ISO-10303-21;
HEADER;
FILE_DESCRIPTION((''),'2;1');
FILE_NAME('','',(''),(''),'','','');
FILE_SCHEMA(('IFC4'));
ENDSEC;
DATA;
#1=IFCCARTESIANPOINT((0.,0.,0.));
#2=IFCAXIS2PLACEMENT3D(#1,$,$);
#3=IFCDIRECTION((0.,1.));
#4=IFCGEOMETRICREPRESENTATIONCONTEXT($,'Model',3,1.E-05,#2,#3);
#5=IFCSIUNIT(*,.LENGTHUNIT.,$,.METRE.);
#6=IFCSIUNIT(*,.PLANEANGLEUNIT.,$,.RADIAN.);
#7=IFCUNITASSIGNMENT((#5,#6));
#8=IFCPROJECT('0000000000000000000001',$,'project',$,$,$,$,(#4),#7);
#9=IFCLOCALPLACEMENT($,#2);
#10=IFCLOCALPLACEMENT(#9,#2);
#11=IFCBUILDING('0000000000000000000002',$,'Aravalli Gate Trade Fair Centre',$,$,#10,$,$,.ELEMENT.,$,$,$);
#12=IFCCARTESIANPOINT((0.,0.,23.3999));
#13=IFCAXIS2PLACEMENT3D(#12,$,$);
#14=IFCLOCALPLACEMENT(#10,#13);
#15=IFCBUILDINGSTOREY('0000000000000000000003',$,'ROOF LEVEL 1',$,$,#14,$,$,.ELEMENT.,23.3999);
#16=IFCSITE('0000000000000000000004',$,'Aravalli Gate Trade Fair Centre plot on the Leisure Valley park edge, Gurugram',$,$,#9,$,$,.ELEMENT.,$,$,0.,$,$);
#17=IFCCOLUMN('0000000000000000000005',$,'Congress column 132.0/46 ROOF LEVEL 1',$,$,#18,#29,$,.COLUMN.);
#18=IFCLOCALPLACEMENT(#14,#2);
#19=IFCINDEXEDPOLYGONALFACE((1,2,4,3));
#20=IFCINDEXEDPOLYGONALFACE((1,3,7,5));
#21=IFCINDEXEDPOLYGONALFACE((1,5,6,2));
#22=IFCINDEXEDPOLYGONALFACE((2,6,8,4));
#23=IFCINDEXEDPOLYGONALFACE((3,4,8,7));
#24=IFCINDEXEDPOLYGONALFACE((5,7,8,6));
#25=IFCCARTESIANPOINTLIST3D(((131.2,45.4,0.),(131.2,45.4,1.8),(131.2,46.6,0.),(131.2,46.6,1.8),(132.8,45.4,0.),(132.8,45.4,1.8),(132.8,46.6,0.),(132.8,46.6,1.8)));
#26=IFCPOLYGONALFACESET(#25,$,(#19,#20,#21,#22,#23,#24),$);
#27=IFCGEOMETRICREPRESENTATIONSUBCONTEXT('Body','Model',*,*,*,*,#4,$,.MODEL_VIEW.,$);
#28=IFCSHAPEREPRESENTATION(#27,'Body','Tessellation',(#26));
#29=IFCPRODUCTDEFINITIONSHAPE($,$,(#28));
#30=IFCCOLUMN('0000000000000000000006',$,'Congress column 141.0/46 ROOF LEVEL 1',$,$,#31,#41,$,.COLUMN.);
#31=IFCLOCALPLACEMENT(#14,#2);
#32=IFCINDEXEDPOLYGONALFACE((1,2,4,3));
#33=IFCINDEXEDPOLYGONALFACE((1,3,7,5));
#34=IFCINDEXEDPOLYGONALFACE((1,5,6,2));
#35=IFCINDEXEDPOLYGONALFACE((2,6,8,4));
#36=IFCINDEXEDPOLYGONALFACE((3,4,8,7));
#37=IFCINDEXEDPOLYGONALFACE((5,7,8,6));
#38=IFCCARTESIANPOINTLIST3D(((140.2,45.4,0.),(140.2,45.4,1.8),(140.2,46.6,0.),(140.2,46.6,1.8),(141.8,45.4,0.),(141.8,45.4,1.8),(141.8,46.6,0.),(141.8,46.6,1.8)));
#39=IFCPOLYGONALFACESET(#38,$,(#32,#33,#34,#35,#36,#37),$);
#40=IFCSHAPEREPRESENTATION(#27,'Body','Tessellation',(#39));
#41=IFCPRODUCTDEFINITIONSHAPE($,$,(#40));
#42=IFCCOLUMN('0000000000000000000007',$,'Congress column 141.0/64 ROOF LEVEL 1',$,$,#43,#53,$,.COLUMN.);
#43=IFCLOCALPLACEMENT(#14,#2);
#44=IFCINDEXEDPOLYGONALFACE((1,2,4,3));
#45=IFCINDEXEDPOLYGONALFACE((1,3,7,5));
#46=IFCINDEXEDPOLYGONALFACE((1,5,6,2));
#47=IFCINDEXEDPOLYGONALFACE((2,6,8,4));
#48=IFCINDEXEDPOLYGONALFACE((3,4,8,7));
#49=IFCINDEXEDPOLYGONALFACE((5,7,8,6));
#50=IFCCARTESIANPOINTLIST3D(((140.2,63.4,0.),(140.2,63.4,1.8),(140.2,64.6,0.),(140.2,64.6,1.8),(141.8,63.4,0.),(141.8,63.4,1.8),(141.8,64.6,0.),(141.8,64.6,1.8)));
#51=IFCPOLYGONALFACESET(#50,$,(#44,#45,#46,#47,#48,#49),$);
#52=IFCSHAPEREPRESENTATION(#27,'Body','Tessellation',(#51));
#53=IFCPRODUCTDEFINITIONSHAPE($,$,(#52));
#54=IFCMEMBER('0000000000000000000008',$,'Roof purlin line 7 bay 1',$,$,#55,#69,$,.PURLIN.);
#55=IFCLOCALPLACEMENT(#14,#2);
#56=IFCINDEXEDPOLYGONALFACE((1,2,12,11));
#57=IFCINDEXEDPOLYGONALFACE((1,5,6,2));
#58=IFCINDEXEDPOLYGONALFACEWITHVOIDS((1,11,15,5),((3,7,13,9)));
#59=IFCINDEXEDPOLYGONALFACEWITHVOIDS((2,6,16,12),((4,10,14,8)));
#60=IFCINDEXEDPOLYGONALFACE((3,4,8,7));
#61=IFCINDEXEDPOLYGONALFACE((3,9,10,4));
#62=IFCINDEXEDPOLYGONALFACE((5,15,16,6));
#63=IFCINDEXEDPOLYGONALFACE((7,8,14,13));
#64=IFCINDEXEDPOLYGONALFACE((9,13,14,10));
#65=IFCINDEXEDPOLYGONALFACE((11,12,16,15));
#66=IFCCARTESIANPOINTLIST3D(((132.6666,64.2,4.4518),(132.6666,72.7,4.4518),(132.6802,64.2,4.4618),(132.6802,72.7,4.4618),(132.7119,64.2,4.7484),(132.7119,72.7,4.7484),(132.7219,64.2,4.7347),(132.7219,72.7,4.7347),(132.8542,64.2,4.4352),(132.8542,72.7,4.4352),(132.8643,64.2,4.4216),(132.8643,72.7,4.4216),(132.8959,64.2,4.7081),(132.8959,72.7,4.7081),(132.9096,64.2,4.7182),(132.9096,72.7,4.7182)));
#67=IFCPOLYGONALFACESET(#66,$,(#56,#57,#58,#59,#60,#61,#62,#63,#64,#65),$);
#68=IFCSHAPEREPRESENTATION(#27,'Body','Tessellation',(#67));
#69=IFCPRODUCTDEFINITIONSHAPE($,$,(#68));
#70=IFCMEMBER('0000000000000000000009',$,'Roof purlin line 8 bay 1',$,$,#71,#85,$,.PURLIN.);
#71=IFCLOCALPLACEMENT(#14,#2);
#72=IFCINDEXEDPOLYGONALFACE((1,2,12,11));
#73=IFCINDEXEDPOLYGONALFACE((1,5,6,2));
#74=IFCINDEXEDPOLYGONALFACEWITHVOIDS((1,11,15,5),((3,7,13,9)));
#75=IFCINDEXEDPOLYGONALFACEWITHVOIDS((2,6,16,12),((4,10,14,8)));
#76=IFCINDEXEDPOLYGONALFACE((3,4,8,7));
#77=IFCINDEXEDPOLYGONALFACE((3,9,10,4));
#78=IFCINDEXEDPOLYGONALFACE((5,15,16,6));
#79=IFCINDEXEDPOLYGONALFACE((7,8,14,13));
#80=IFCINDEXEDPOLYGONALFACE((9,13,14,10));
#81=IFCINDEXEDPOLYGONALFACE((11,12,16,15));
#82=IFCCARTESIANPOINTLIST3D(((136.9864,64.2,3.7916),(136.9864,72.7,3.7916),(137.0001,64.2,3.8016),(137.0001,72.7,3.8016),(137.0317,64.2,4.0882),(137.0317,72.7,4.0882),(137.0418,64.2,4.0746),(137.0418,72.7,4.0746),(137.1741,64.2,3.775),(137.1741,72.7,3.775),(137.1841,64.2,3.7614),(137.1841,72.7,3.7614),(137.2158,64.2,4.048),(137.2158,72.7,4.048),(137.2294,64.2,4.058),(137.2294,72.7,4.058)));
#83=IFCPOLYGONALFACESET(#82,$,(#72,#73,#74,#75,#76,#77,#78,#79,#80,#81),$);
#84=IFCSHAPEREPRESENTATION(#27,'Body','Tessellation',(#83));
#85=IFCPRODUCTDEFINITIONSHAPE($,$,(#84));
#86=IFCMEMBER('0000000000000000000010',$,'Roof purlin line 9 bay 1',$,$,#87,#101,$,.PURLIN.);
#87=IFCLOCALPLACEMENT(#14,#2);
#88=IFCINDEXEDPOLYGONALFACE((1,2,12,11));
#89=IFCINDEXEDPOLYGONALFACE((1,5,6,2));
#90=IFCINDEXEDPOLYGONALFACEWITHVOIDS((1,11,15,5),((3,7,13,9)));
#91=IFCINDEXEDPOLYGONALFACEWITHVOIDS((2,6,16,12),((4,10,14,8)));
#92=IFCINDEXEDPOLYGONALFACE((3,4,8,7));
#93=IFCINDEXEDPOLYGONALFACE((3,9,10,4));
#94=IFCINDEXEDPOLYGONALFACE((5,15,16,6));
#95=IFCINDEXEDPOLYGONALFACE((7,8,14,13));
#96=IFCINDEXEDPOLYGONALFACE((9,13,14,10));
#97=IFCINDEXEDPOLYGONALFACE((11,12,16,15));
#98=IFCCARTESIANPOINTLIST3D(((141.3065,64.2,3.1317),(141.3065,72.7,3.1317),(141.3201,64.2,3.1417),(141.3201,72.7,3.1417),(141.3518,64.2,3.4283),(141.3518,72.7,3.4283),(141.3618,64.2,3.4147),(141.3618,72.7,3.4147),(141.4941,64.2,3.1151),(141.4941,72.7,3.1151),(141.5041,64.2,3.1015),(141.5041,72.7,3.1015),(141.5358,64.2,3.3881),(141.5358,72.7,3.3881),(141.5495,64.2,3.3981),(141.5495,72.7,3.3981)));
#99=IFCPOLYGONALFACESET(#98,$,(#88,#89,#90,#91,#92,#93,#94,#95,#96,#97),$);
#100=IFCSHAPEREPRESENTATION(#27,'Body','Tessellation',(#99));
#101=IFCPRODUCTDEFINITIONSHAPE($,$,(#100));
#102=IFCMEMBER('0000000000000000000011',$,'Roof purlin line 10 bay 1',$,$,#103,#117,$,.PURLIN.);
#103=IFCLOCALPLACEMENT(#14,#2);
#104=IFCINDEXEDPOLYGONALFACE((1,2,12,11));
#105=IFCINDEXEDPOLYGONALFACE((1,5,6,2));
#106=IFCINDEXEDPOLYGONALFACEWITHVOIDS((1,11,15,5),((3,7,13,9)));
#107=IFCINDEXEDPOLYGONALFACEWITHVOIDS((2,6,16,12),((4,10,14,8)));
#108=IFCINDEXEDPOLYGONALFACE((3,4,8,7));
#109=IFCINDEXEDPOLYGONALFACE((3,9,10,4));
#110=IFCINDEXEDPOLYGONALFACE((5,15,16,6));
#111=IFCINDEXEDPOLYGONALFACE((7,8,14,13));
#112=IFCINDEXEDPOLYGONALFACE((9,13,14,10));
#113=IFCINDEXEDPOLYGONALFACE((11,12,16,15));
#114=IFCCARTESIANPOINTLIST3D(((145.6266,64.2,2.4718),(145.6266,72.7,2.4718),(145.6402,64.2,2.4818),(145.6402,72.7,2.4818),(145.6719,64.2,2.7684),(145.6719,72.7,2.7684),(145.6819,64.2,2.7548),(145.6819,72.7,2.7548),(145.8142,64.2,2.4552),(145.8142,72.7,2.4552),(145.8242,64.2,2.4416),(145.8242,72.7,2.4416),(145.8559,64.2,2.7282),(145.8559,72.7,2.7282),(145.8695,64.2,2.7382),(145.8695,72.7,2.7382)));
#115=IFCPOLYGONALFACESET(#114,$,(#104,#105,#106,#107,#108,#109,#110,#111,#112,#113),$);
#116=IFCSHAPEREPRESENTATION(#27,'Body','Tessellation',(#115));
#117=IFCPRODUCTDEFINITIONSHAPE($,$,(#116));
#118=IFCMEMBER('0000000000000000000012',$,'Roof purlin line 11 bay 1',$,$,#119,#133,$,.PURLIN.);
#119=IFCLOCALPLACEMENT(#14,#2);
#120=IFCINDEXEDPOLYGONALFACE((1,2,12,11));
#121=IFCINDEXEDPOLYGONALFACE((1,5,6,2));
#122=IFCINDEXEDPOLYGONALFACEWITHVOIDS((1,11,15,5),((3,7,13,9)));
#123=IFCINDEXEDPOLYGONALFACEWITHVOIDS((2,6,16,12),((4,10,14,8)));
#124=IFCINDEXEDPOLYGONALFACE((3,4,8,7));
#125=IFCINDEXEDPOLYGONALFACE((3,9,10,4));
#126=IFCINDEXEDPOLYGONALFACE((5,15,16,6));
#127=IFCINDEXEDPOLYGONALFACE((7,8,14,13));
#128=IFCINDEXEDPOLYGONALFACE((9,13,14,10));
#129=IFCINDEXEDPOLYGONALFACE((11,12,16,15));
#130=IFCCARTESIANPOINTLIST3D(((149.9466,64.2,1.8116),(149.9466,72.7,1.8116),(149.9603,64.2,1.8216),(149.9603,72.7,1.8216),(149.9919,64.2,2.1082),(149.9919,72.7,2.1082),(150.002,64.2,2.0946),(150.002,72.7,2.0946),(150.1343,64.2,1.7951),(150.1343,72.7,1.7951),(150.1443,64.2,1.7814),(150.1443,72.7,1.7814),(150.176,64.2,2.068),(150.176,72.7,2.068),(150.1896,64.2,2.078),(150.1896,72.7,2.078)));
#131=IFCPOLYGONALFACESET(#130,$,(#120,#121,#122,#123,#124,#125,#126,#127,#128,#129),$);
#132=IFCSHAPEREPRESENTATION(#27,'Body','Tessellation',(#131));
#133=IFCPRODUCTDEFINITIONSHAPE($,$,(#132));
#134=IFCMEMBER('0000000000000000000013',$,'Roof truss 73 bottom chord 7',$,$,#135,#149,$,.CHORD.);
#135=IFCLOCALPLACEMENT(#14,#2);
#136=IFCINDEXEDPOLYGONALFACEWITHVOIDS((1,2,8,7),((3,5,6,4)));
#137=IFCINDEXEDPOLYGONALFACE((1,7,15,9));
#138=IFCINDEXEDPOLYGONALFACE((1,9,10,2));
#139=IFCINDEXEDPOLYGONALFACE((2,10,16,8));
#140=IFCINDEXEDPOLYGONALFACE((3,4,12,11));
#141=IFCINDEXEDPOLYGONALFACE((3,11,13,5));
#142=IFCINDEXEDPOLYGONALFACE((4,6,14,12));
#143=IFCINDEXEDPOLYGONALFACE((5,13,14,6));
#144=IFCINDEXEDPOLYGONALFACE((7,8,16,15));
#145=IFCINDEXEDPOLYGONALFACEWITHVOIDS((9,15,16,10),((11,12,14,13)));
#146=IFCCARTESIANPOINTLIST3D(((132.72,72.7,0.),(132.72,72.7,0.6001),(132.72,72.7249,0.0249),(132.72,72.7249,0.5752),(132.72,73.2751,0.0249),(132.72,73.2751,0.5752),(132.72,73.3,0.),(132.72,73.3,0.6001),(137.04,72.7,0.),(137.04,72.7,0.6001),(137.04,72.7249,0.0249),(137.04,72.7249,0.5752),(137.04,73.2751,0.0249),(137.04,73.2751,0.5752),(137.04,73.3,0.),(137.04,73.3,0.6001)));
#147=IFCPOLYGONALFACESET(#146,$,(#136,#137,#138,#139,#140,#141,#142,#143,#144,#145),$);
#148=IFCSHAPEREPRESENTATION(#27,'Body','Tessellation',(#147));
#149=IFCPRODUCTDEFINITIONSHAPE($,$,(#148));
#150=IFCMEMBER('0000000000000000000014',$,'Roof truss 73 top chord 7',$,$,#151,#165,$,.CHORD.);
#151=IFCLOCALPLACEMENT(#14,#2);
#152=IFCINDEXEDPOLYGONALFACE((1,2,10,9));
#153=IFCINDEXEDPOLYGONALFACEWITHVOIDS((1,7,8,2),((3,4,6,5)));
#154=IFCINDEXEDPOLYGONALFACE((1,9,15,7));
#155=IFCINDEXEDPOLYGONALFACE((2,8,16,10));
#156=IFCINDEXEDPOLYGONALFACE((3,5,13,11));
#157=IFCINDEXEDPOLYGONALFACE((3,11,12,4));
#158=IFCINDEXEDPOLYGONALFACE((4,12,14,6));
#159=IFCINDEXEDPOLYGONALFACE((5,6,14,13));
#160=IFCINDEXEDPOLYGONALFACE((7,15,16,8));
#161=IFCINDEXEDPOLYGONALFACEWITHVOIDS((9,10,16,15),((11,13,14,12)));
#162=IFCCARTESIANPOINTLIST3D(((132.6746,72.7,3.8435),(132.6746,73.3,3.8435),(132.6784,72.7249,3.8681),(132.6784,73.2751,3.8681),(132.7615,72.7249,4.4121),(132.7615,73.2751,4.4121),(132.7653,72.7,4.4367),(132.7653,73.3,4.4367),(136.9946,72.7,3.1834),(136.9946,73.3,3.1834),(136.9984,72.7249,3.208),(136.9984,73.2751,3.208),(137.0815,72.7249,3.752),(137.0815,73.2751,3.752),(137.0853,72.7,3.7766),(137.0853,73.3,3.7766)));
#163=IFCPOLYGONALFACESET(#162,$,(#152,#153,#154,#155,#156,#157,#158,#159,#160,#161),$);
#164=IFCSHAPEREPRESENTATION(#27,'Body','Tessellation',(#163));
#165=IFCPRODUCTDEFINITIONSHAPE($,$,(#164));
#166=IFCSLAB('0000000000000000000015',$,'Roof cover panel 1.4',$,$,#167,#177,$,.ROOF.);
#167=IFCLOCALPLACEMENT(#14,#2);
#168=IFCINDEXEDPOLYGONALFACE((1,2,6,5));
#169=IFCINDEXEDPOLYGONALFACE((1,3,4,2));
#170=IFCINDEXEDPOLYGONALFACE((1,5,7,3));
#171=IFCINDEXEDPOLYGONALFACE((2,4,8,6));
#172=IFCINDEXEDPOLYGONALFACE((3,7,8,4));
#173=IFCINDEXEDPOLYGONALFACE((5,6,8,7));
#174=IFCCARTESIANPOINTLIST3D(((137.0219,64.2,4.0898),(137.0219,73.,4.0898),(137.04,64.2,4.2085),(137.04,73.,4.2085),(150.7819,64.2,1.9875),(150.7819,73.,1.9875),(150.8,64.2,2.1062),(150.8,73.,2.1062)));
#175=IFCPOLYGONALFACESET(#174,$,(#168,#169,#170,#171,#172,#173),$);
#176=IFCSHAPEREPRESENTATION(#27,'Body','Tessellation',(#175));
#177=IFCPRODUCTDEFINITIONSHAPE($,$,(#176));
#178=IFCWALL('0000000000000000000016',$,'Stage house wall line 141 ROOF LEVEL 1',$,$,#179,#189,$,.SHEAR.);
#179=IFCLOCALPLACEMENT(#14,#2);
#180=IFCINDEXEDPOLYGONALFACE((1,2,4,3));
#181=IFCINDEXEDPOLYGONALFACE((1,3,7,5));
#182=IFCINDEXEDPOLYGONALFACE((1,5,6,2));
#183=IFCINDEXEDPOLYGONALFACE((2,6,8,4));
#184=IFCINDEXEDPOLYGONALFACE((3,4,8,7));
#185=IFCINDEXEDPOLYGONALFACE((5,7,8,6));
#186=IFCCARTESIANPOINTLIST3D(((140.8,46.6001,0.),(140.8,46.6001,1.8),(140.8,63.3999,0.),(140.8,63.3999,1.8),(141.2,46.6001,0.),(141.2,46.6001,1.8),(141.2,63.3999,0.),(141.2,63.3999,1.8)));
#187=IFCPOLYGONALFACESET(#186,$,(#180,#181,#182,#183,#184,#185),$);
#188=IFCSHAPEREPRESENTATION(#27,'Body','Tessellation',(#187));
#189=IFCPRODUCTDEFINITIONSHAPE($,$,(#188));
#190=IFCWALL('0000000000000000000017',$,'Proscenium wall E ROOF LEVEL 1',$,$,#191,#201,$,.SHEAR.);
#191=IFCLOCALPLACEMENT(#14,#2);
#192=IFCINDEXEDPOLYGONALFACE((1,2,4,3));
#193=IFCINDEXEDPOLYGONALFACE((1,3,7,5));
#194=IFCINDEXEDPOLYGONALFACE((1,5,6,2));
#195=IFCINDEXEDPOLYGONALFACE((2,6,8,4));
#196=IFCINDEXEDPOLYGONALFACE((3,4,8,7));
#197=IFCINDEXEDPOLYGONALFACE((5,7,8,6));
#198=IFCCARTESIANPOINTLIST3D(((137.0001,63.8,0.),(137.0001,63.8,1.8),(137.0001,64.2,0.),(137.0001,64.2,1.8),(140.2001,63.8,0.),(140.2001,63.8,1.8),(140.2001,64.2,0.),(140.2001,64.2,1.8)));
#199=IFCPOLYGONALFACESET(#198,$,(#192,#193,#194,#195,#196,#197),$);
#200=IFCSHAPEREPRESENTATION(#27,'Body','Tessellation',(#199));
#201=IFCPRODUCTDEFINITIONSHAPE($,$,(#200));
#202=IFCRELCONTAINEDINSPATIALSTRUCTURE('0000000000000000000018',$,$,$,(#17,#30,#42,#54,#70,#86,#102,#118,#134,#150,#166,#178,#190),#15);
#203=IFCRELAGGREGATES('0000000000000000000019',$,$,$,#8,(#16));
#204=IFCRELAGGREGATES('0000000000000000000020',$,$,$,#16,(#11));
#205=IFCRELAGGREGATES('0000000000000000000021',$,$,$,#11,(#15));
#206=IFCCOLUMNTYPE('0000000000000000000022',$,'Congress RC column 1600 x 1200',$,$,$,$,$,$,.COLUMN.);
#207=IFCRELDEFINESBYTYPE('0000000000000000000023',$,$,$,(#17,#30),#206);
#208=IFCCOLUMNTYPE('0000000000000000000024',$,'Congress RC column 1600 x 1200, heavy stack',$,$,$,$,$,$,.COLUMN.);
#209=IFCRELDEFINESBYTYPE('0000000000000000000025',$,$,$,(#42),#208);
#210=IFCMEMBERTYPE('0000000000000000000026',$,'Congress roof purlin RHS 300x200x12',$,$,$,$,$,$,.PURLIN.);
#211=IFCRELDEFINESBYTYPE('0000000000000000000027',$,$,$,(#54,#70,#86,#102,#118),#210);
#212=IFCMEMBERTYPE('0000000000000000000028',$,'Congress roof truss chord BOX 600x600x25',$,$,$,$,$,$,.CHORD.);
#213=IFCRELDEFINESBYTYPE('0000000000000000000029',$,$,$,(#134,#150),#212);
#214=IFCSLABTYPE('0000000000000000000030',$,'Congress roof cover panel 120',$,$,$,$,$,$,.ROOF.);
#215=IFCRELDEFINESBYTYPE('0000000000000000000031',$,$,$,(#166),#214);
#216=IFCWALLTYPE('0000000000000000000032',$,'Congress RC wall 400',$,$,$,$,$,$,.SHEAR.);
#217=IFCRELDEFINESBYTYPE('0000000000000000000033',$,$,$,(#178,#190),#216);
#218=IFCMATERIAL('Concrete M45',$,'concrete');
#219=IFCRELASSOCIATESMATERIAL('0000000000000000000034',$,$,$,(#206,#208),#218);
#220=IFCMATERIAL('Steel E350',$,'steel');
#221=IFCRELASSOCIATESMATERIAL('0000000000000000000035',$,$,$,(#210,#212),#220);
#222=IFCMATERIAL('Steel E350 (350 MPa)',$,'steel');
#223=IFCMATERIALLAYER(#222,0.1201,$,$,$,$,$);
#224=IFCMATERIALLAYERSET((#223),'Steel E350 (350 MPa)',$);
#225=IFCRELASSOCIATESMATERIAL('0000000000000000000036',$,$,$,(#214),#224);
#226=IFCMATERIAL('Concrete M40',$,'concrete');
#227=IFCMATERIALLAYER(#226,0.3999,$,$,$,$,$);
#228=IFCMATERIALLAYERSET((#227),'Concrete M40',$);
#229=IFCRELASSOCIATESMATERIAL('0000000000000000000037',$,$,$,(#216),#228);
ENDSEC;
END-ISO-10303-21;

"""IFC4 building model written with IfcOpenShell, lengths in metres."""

from ifc_helpers import new_model, si_unit, direction, frame, frame_2d, origin, origin_2d, place, context, subcontext, project, spatial, polyline, rectangle, hollow_rectangle, outline, extrude, material, layer, layer_set, material_profile, profile_set, type_object, element, save


model = new_model("IFC4")

# Units and contexts
model_context = context("Model", 3, precision=1e-05, world=origin(), true_north=direction((0.0, 1.0)))
body_context = subcontext(model_context, "Body", "Model", "MODEL_VIEW")
ifc_project = project(units=[si_unit("LENGTHUNIT", "METRE"), si_unit("PLANEANGLEUNIT", "RADIAN")], contexts=[model_context])

# Site, building, storey
site_placement = place(None, origin())
site = spatial("IfcSite", under=ifc_project, at=site_placement, Name="Aravalli Gate Trade Fair Centre plot on the Leisure Valley park edge, Gurugram", CompositionType="ELEMENT", RefElevation=0.0)
building_placement = place(site_placement, origin())
building = spatial("IfcBuilding", under=site, at=building_placement, Name="Aravalli Gate Trade Fair Centre", CompositionType="ELEMENT")
storey_placement = place(building_placement, frame((0.0, 0.0, 23.3999)))
storey = spatial("IfcBuildingStorey", under=building, at=storey_placement, Name="ROOF LEVEL 1", CompositionType="ELEMENT", Elevation=23.3999)

# Columns
ifc_material_1 = material(Name="Concrete M45", Category="concrete")
ifc_material_profile_1 = material_profile(ifc_material_1, rectangle(XDim=1.6001, YDim=1.2, at=origin_2d()), Name="RC 1600x1200")
ifc_profile_set_1 = profile_set([ifc_material_profile_1], Name="Concrete M45")
column_type_1 = type_object("IfcColumnType", Name="Congress RC column 1600 x 1200", PredefinedType="COLUMN", material=ifc_profile_set_1)
for number, where, z_axis, x_axis, name in (
    (1, (132.0, 46.0, 0.0), (0.0, 0.0, 1.0), (1.0, 0.0, 0.0), "Congress column 132.0/46 ROOF LEVEL 1"),
    (2, (141.0, 46.0, 0.0), (0.0, 0.0, 1.0), (1.0, 0.0, 0.0), "Congress column 141.0/46 ROOF LEVEL 1"),
):
    element("IfcColumn", number, at=place(storey_placement, frame(where, z_axis=z_axis, x_axis=x_axis)), inside=storey, type_object=column_type_1, Name=name, PredefinedType="COLUMN", context=body_context, shape_type="SweptSolid", body=[
        extrude(rectangle(XDim=1.6001, YDim=1.2, at=origin_2d()), origin(), (0.0, 0.0, 1.0), 1.8),
    ])
ifc_material_profile_2 = material_profile(ifc_material_1, rectangle(XDim=1.6001, YDim=1.2, at=origin_2d()), Name="RC 1600x1200")
ifc_profile_set_2 = profile_set([ifc_material_profile_2], Name="Concrete M45")
column_type_2 = type_object("IfcColumnType", Name="Congress RC column 1600 x 1200, heavy stack", PredefinedType="COLUMN", material=ifc_profile_set_2)
column_placement = place(storey_placement, frame((141.0, 64.0, 0.0), z_axis=(0.0, 0.0, 1.0), x_axis=(1.0, 0.0, 0.0)))
element("IfcColumn", 3, at=column_placement, inside=storey, type_object=column_type_2, Name="Congress column 141.0/64 ROOF LEVEL 1", PredefinedType="COLUMN", context=body_context, shape_type="SweptSolid", body=[
    extrude(rectangle(XDim=1.6001, YDim=1.2, at=origin_2d()), origin(), (0.0, 0.0, 1.0), 1.8),
])

# Members
ifc_material_2 = material(Name="Steel E350", Category="steel")
ifc_material_profile_3 = material_profile(ifc_material_2, hollow_rectangle(XDim=0.2, YDim=0.3, WallThickness=0.012, at=origin_2d()), Name="RHS 300x200x12")
ifc_profile_set_3 = profile_set([ifc_material_profile_3], Name="Steel E350")
member_type_1 = type_object("IfcMemberType", Name="Congress roof purlin RHS 300x200x12", PredefinedType="PURLIN", material=ifc_profile_set_3)
for number, where, z_axis, x_axis, name in (
    (4, (132.7881, 64.2, 4.585), (0.0, 1.0, 0.0), (-0.98853, 0.0, 0.151026), "Roof purlin line 7 bay 1"),
    (5, (137.1079, 64.2, 3.9248), (0.0, 1.0, 0.0), (-0.98853, 0.0, 0.151026), "Roof purlin line 8 bay 1"),
    (6, (141.428, 64.2, 3.2649), (0.0, 1.0, 0.0), (-0.98853, 0.0, 0.151026), "Roof purlin line 9 bay 1"),
    (7, (145.748, 64.2, 2.605), (0.0, 1.0, 0.0), (-0.98853, 0.0, 0.151026), "Roof purlin line 10 bay 1"),
    (8, (150.0681, 64.2, 1.9448), (0.0, 1.0, 0.0), (-0.98853, 0.0, 0.151026), "Roof purlin line 11 bay 1"),
):
    element("IfcMember", number, at=place(storey_placement, frame(where, z_axis=z_axis, x_axis=x_axis)), inside=storey, type_object=member_type_1, Name=name, PredefinedType="PURLIN", context=body_context, shape_type="SweptSolid", body=[
        extrude(hollow_rectangle(XDim=0.2, YDim=0.3, WallThickness=0.012, at=origin_2d()), origin(), (0.0, 0.0, 1.0), 8.5),
    ])
ifc_material_profile_4 = material_profile(ifc_material_2, hollow_rectangle(XDim=0.6001, YDim=0.6001, WallThickness=0.0249, at=origin_2d()), Name="BOX 600x600x25")
ifc_profile_set_4 = profile_set([ifc_material_profile_4], Name="Steel E350")
member_type_2 = type_object("IfcMemberType", Name="Congress roof truss chord BOX 600x600x25", PredefinedType="CHORD", material=ifc_profile_set_4)
member_1_placement = place(storey_placement, frame((132.72, 73.0, 0.3), z_axis=(1.0, 0.0, 0.0), x_axis=(0.0, 1.0, 0.0)))
element("IfcMember", 9, at=member_1_placement, inside=storey, type_object=member_type_2, Name="Roof truss 73 bottom chord 7", PredefinedType="CHORD", context=body_context, shape_type="SweptSolid", body=[
    extrude(hollow_rectangle(XDim=0.6001, YDim=0.6001, WallThickness=0.0249, at=origin_2d()), origin(), (0.0, 0.0, 1.0), 4.3201),
])
member_2_placement = place(storey_placement, frame((132.72, 73.0, 4.1401), z_axis=(0.988525, 0.0, -0.151058), x_axis=(0.0, 1.0, 0.0)))
element("IfcMember", 10, at=member_2_placement, inside=storey, type_object=member_type_2, Name="Roof truss 73 top chord 7", PredefinedType="CHORD", context=body_context, shape_type="SweptSolid", body=[
    extrude(hollow_rectangle(XDim=0.6001, YDim=0.6001, WallThickness=0.0249, at=origin_2d()), origin(), (0.0, 0.0, 1.0), 4.3701),
])

# Slab
ifc_material_3 = material(Name="Steel E350 (350 MPa)", Category="steel")
ifc_layer_1 = layer(ifc_material_3, 0.1201)
ifc_layer_set_1 = layer_set([ifc_layer_1], Name="Steel E350 (350 MPa)")
slab_type = type_object("IfcSlabType", Name="Congress roof cover panel 120", PredefinedType="ROOF", material=ifc_layer_set_1)
slab_placement = place(storey_placement, frame((137.04, 64.2, 4.2085), z_axis=(0.15103, 0.0, 0.988529), x_axis=(0.988529, 0.0, -0.15103)))
element("IfcSlab", 11, at=slab_placement, inside=storey, type_object=slab_type, Name="Roof cover panel 1.4", PredefinedType="ROOF", context=body_context, shape_type="SweptSolid", body=[
    extrude(outline(polyline([(0.0, 0.0), (13.9197, 0.0), (13.9197, 8.8), (0.0, 8.8), (0.0, 0.0)])), origin(), (0.0, 0.0, -1.0), 0.1201),
])

# Walls
ifc_material_4 = material(Name="Concrete M40", Category="concrete")
ifc_layer_2 = layer(ifc_material_4, 0.3999)
ifc_layer_set_2 = layer_set([ifc_layer_2], Name="Concrete M40")
wall_type_1 = type_object("IfcWallType", Name="Congress RC wall 400", PredefinedType="SHEAR", material=ifc_layer_set_2)
wall_1_placement = place(storey_placement, frame((141.0, 46.6001, 0.0), z_axis=(0.0, 0.0, 1.0), x_axis=(0.0, 1.0, 0.0)))
element("IfcWall", 12, at=wall_1_placement, inside=storey, type_object=wall_type_1, Name="Stage house wall line 141 ROOF LEVEL 1", PredefinedType="SHEAR", context=body_context, shape_type="SweptSolid", body=[
    extrude(rectangle(XDim=16.7998, YDim=0.3999, at=frame_2d((8.3999, 0.0))), origin(), (0.0, 0.0, 1.0), 1.8),
])
wall_2_placement = place(storey_placement, frame((137.0, 64.0, 0.0), z_axis=(0.0, 0.0, 1.0), x_axis=(1.0, 0.0, 0.0)))
element("IfcWall", 13, at=wall_2_placement, inside=storey, type_object=wall_type_1, Name="Proscenium wall E ROOF LEVEL 1", PredefinedType="SHEAR", context=body_context, shape_type="SweptSolid", body=[
    extrude(rectangle(XDim=3.2, YDim=0.3999, at=frame_2d((1.6001, 0.0))), origin(), (0.0, 0.0, 1.0), 1.8),
])

save(model, "model.ifc")
